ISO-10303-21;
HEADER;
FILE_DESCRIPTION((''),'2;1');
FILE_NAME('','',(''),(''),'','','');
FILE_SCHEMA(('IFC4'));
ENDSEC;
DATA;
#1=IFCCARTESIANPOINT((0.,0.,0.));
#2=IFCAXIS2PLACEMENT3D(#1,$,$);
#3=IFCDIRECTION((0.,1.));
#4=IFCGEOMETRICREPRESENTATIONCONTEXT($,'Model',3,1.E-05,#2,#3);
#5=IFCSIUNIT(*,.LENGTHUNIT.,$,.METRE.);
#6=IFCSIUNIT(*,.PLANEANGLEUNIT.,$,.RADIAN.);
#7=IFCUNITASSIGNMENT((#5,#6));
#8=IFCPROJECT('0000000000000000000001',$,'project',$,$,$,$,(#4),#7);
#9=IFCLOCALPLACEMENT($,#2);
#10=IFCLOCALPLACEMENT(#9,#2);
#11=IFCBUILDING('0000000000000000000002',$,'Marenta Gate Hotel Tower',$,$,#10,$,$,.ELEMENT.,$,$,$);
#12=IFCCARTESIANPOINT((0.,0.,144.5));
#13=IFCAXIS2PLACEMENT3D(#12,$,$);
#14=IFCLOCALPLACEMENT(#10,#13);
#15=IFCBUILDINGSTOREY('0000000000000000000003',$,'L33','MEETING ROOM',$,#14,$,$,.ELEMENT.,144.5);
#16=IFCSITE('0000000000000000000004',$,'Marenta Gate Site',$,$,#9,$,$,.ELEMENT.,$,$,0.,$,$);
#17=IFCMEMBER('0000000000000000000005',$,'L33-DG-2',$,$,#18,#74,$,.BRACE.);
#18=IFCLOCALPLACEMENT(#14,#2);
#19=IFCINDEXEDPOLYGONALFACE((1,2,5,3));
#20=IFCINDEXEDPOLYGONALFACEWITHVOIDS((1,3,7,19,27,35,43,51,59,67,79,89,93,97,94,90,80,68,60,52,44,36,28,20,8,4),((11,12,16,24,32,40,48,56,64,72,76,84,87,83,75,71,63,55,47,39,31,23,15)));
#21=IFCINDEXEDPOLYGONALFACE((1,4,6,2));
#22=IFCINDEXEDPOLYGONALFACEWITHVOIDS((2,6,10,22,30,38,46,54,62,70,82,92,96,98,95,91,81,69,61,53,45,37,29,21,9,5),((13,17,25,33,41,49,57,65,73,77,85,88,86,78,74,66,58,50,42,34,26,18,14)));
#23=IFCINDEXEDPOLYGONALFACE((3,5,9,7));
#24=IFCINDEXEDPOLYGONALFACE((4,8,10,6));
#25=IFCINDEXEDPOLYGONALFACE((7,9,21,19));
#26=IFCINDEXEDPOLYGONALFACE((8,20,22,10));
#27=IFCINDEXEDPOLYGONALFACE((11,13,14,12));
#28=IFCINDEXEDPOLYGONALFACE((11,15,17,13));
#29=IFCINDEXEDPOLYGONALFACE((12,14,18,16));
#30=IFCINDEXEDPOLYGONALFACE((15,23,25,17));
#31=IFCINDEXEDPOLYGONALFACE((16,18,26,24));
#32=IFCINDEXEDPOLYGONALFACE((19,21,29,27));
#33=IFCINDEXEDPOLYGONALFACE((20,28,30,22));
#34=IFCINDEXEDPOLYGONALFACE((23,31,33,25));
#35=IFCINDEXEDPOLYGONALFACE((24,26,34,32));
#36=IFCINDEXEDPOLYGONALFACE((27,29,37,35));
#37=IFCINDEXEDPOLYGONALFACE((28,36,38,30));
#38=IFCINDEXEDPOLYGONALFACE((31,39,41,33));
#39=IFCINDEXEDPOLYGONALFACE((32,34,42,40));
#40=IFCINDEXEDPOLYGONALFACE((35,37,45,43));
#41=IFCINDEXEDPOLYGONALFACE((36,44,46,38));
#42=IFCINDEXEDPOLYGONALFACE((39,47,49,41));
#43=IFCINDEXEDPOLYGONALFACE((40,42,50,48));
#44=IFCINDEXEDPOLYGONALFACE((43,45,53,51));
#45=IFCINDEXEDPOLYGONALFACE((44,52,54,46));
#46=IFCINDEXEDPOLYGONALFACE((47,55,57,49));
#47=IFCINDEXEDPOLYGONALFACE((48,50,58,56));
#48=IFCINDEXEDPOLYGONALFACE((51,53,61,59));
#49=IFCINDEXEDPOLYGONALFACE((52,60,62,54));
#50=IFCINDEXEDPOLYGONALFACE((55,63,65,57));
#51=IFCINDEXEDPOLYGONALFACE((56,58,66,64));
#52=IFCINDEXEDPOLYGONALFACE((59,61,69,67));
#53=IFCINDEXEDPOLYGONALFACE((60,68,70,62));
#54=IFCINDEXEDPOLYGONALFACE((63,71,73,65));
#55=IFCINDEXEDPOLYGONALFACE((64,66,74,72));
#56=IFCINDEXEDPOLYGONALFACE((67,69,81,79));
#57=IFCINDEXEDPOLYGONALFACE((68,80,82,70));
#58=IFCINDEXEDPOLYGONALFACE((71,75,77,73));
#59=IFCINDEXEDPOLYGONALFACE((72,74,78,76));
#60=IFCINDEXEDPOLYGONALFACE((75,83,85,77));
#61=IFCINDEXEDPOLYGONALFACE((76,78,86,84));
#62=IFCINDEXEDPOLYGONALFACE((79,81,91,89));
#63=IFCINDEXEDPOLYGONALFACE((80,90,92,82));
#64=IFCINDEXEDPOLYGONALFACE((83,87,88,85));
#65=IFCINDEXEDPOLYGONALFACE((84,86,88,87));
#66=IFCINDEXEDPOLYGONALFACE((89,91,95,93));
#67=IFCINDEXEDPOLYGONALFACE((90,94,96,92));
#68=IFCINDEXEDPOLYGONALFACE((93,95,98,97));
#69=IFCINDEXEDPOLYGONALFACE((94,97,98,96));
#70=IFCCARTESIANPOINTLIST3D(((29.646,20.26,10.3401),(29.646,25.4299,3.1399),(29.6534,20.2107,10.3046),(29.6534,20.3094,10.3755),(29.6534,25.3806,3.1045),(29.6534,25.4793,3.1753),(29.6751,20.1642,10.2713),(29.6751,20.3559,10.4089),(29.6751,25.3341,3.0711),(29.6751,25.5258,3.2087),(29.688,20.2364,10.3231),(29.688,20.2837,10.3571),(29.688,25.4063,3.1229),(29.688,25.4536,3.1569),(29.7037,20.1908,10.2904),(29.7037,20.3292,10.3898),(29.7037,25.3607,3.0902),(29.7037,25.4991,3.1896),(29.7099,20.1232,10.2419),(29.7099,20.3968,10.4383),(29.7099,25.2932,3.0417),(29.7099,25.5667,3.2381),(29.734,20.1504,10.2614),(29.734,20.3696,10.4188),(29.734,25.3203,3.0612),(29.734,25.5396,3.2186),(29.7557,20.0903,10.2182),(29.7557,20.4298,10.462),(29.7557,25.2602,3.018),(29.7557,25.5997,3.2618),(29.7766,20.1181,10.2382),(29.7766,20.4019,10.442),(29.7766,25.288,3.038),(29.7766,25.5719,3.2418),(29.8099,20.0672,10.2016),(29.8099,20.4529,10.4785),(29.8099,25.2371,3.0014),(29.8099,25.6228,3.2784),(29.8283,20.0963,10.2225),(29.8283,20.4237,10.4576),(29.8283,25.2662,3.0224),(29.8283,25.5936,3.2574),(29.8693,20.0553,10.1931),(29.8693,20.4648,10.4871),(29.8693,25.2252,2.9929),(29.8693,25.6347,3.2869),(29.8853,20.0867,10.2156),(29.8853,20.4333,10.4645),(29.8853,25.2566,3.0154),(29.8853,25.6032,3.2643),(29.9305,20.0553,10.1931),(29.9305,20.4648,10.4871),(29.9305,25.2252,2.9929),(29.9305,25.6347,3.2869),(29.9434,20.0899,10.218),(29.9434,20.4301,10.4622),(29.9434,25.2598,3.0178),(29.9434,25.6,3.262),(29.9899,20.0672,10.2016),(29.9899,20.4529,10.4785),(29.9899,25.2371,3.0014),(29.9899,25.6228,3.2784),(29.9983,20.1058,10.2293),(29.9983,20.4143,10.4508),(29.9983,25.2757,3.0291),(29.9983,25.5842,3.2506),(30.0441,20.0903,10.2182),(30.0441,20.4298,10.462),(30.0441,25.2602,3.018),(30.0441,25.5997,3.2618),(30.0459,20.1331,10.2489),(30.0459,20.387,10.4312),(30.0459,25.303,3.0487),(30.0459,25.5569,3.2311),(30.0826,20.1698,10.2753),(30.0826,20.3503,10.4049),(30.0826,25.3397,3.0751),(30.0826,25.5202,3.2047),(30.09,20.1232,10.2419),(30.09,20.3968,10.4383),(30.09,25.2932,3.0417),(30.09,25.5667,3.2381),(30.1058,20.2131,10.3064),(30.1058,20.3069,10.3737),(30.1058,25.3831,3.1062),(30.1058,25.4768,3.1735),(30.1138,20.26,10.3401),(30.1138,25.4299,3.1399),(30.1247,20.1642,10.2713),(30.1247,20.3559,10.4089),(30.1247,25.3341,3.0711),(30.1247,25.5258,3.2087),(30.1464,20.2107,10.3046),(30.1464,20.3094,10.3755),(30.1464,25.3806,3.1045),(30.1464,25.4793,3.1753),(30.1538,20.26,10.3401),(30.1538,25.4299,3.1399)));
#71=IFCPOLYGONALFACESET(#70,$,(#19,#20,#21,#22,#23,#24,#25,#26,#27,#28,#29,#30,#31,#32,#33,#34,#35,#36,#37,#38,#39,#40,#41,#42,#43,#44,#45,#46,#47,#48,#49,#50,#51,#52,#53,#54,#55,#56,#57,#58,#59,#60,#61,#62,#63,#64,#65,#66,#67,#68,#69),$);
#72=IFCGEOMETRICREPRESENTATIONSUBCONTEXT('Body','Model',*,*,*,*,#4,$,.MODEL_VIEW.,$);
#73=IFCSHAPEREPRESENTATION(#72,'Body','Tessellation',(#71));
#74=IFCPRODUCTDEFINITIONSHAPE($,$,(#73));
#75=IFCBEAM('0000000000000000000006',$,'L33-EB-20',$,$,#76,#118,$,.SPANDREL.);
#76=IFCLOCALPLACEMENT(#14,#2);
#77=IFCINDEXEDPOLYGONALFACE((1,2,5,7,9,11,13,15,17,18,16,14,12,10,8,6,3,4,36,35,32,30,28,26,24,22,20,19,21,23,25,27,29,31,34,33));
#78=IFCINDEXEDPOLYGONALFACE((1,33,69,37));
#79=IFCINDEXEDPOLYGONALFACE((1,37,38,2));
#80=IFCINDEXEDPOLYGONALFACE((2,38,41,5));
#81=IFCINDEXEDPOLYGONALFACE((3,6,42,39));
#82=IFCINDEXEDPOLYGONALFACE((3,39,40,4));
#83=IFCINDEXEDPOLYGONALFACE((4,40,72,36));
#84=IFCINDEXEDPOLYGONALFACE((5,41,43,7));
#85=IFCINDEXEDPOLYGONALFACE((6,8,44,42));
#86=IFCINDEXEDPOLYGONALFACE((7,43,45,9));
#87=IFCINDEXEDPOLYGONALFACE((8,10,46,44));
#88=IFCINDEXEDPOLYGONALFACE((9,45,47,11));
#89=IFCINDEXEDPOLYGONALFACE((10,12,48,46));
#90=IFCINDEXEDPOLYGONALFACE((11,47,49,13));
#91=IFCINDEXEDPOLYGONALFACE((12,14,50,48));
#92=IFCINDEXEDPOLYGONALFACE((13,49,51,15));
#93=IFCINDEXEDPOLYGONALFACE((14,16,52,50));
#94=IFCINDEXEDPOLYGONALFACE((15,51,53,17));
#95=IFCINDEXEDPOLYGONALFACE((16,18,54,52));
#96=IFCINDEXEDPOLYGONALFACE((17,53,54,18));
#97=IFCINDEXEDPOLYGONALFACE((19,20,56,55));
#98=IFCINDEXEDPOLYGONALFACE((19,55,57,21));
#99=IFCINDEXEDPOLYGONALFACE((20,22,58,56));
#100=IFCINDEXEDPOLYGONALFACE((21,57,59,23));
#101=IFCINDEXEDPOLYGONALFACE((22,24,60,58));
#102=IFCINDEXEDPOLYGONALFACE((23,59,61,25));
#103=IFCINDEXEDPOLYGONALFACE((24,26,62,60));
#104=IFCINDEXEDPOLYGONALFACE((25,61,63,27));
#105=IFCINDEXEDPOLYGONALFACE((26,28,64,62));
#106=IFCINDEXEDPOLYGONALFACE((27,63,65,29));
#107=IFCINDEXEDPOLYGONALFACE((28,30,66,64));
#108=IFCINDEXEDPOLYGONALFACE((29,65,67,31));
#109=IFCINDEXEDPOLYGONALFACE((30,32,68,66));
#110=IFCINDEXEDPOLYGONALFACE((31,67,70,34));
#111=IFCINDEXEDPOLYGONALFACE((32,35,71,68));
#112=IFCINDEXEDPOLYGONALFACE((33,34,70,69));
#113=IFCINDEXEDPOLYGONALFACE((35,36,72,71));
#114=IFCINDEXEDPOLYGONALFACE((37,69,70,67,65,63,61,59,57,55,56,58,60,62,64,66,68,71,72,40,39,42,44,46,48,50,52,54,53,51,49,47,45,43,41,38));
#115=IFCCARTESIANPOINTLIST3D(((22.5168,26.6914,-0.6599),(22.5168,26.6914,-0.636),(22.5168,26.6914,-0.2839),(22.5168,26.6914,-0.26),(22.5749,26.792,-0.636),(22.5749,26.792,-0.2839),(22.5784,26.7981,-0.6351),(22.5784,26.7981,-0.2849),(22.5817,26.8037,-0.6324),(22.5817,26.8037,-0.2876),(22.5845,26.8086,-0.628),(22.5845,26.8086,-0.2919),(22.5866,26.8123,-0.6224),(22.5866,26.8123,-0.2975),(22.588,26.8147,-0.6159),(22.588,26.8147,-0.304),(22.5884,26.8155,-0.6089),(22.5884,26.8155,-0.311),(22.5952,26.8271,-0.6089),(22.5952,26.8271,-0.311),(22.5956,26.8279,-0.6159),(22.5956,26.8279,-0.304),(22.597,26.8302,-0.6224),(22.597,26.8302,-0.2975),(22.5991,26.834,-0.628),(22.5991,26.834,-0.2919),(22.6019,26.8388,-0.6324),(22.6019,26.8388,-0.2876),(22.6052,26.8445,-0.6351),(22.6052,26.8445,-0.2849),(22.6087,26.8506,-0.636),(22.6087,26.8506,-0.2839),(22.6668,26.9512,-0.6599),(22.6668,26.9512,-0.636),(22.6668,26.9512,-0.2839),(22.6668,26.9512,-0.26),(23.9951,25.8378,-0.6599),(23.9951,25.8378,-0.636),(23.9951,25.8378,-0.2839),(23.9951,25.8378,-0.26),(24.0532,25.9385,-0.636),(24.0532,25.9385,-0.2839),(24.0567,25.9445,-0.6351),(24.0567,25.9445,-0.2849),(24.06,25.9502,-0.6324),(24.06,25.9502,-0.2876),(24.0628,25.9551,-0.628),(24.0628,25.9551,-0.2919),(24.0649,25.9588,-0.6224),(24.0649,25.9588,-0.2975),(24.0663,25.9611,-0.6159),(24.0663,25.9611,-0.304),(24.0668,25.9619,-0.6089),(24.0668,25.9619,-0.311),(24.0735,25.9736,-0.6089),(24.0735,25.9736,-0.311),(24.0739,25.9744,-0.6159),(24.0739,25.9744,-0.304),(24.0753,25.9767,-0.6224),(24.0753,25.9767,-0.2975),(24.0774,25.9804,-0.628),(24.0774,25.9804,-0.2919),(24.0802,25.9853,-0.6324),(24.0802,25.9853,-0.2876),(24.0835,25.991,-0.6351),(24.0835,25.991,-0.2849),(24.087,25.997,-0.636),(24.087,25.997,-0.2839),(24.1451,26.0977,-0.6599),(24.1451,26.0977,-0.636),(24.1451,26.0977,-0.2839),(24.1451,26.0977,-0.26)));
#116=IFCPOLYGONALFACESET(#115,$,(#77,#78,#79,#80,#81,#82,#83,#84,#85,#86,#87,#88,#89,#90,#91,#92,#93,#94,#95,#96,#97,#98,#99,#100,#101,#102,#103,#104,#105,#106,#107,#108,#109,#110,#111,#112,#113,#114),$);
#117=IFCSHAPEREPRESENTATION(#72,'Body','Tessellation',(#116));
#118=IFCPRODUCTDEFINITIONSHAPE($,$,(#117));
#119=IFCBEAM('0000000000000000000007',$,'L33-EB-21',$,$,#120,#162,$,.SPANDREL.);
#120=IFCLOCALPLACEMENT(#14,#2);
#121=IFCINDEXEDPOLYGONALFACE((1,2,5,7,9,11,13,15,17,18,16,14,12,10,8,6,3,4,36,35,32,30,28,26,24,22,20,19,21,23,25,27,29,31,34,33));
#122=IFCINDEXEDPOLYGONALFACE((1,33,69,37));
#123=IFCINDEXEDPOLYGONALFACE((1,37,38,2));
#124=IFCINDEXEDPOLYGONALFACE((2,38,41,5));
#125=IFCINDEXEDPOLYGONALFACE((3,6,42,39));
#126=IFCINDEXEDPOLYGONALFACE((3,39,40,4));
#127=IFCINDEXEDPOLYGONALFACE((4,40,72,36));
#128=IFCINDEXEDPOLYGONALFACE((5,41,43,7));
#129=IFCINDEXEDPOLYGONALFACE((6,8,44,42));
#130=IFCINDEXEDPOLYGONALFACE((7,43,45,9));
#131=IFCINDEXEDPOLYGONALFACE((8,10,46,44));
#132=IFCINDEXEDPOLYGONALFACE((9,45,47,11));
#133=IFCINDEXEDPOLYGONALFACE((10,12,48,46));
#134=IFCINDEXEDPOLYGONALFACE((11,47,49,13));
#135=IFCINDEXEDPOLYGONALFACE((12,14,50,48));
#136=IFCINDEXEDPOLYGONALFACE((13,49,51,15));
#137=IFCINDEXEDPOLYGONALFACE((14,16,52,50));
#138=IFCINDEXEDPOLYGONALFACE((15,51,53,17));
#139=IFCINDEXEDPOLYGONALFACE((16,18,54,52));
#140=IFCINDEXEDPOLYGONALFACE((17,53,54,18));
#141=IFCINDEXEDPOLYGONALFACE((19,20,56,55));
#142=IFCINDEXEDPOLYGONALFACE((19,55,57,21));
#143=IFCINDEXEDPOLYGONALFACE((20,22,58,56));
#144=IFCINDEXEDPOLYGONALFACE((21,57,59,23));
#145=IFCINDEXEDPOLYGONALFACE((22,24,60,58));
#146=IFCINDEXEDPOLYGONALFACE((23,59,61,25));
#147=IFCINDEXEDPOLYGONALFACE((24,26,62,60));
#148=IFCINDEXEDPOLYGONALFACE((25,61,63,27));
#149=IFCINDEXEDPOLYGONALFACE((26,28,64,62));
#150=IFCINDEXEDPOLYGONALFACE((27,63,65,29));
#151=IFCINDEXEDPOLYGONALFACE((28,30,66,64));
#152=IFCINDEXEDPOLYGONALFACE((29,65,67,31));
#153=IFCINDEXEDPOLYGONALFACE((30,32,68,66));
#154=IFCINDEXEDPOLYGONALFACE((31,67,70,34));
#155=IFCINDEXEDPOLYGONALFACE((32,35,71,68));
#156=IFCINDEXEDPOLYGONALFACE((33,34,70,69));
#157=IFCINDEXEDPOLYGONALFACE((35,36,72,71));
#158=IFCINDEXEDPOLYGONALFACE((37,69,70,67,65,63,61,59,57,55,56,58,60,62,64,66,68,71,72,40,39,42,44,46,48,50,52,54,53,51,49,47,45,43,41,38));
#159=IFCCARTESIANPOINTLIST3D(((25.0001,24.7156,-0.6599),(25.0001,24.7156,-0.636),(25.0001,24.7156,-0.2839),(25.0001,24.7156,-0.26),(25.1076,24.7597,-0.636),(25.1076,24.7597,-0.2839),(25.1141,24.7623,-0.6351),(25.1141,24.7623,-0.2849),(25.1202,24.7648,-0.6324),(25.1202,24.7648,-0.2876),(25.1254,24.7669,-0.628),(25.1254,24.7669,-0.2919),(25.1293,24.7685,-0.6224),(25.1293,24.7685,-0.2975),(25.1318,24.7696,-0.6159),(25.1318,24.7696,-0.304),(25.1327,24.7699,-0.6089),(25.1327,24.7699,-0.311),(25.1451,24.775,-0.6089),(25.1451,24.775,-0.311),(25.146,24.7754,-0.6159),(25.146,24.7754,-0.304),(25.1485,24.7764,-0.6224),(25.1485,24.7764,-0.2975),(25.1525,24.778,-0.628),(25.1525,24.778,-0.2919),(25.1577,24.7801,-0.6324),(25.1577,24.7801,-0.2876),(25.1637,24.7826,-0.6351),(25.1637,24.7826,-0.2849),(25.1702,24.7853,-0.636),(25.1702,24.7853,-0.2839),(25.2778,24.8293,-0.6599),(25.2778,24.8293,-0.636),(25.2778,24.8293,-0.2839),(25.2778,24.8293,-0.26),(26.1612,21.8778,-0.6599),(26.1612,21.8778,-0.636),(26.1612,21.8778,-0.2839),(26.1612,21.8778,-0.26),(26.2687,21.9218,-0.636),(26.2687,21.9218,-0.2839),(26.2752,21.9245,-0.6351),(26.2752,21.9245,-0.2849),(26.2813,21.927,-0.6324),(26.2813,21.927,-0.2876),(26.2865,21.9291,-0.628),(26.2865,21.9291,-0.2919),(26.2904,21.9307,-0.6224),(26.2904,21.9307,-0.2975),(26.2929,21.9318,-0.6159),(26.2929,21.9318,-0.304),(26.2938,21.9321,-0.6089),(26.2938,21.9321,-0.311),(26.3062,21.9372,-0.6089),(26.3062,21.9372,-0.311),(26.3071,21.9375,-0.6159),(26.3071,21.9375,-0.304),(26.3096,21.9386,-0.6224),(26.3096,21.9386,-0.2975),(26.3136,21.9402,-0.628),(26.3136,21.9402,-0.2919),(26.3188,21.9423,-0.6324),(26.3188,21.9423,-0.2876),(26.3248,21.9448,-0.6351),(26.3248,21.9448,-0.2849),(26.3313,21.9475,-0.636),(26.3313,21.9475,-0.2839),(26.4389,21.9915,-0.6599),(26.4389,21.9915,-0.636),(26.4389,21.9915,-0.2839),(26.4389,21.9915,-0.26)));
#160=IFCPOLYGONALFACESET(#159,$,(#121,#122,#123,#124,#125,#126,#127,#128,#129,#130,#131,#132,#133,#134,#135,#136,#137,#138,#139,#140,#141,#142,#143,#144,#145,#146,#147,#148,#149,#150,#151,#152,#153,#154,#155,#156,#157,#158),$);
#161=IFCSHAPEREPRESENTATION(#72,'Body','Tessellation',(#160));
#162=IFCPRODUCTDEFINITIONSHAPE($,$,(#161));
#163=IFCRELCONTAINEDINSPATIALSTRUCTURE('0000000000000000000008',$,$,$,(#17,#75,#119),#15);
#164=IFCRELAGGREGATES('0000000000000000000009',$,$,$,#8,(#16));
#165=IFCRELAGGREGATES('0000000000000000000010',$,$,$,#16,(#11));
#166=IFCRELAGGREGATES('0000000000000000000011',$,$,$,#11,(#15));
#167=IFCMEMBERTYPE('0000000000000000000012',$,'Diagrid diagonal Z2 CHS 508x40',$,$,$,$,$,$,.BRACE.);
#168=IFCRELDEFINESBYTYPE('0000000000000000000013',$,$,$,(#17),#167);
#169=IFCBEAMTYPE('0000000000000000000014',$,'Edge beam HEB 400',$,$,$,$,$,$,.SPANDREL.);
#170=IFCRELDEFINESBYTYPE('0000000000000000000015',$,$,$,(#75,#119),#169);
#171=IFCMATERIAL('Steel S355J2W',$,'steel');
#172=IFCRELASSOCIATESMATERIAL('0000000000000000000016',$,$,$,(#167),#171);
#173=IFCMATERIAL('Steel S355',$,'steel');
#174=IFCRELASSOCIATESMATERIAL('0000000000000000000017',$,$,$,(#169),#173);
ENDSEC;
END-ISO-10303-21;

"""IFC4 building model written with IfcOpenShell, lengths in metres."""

from ifc_helpers import new_model, si_unit, direction, frame, origin, origin_2d, place, context, subcontext, project, spatial, hollow_circle, i_section, extrude, material, material_profile, profile_set, type_object, element, save


model = new_model("IFC4")

# Units and contexts
model_context = context("Model", 3, precision=1e-05, world=origin(), true_north=direction((0.0, 1.0)))
body_context = subcontext(model_context, "Body", "Model", "MODEL_VIEW")
ifc_project = project(units=[si_unit("LENGTHUNIT", "METRE"), si_unit("PLANEANGLEUNIT", "RADIAN")], contexts=[model_context])

# Site, building, storey
site_placement = place(None, origin())
site = spatial("IfcSite", under=ifc_project, at=site_placement, Name="Marenta Gate Site", CompositionType="ELEMENT", RefElevation=0.0)
building_placement = place(site_placement, origin())
building = spatial("IfcBuilding", under=site, at=building_placement, Name="Marenta Gate Hotel Tower", CompositionType="ELEMENT")
storey_placement = place(building_placement, frame((0.0, 0.0, 144.5)))
storey = spatial("IfcBuildingStorey", under=building, at=storey_placement, Name="L33", Description="MEETING ROOM", CompositionType="ELEMENT", Elevation=144.5)

# Member
ifc_material_1 = material(Name="Steel S355J2W", Category="steel")
ifc_material_profile_1 = material_profile(ifc_material_1, hollow_circle(Radius=0.2539, WallThickness=0.04, at=origin_2d()), Name="CHS 508x40")
ifc_profile_set_1 = profile_set([ifc_material_profile_1], Name="Steel S355J2W")
member_type_1 = type_object("IfcMemberType", Name="Diagrid diagonal Z2 CHS 508x40", PredefinedType="BRACE", material=ifc_profile_set_1)
member_1_placement = place(storey_placement, frame((29.8999, 25.4299, 3.1399), z_axis=(0.0, -0.583248, 0.812294), x_axis=(1.0, 0.0, 0.0)))
element("IfcMember", 1, at=member_1_placement, inside=storey, type_object=member_type_1, Name="L33-DG-2", PredefinedType="BRACE", context=body_context, shape_type="SweptSolid", body=[
    extrude(hollow_circle(Radius=0.2539, WallThickness=0.04, at=origin_2d()), origin(), (0.0, 0.0, 1.0), 8.864),
])

# Beams
ifc_material_2 = material(Name="Steel S355", Category="steel")
ifc_material_profile_2 = material_profile(ifc_material_2, i_section(OverallWidth=0.3, OverallDepth=0.3999, WebThickness=0.0134, FlangeThickness=0.0239, FilletRadius=0.0271, at=origin_2d()), Name="HEB 400")
ifc_profile_set_2 = profile_set([ifc_material_profile_2], Name="Steel S355")
beam_type = type_object("IfcBeamType", Name="Edge beam HEB 400", PredefinedType="SPANDREL", material=ifc_profile_set_2)
beam_1_placement = place(storey_placement, frame((22.5918, 26.8213, -0.46), z_axis=(0.866016, -0.500015, 0.0), x_axis=(0.500015, 0.866016, 0.0)))
element("IfcBeam", 2, at=beam_1_placement, inside=storey, type_object=beam_type, Name="L33-EB-20", PredefinedType="SPANDREL", context=body_context, shape_type="SweptSolid", body=[
    extrude(i_section(OverallWidth=0.3, OverallDepth=0.3999, WebThickness=0.0134, FlangeThickness=0.0239, FilletRadius=0.0271, at=origin_2d()), origin(), (0.0, 0.0, 1.0), 1.707),
])
beam_2_placement = place(storey_placement, frame((25.1389, 24.7725, -0.46), z_axis=(0.378682, -0.925527, 0.0), x_axis=(0.925527, 0.378682, 0.0)))
element("IfcBeam", 3, at=beam_2_placement, inside=storey, type_object=beam_type, Name="L33-EB-21", PredefinedType="SPANDREL", context=body_context, shape_type="SweptSolid", body=[
    extrude(i_section(OverallWidth=0.3, OverallDepth=0.3999, WebThickness=0.0134, FlangeThickness=0.0239, FilletRadius=0.0271, at=origin_2d()), origin(), (0.0, 0.0, 1.0), 3.0662),
])

save(model, "model.ifc")
